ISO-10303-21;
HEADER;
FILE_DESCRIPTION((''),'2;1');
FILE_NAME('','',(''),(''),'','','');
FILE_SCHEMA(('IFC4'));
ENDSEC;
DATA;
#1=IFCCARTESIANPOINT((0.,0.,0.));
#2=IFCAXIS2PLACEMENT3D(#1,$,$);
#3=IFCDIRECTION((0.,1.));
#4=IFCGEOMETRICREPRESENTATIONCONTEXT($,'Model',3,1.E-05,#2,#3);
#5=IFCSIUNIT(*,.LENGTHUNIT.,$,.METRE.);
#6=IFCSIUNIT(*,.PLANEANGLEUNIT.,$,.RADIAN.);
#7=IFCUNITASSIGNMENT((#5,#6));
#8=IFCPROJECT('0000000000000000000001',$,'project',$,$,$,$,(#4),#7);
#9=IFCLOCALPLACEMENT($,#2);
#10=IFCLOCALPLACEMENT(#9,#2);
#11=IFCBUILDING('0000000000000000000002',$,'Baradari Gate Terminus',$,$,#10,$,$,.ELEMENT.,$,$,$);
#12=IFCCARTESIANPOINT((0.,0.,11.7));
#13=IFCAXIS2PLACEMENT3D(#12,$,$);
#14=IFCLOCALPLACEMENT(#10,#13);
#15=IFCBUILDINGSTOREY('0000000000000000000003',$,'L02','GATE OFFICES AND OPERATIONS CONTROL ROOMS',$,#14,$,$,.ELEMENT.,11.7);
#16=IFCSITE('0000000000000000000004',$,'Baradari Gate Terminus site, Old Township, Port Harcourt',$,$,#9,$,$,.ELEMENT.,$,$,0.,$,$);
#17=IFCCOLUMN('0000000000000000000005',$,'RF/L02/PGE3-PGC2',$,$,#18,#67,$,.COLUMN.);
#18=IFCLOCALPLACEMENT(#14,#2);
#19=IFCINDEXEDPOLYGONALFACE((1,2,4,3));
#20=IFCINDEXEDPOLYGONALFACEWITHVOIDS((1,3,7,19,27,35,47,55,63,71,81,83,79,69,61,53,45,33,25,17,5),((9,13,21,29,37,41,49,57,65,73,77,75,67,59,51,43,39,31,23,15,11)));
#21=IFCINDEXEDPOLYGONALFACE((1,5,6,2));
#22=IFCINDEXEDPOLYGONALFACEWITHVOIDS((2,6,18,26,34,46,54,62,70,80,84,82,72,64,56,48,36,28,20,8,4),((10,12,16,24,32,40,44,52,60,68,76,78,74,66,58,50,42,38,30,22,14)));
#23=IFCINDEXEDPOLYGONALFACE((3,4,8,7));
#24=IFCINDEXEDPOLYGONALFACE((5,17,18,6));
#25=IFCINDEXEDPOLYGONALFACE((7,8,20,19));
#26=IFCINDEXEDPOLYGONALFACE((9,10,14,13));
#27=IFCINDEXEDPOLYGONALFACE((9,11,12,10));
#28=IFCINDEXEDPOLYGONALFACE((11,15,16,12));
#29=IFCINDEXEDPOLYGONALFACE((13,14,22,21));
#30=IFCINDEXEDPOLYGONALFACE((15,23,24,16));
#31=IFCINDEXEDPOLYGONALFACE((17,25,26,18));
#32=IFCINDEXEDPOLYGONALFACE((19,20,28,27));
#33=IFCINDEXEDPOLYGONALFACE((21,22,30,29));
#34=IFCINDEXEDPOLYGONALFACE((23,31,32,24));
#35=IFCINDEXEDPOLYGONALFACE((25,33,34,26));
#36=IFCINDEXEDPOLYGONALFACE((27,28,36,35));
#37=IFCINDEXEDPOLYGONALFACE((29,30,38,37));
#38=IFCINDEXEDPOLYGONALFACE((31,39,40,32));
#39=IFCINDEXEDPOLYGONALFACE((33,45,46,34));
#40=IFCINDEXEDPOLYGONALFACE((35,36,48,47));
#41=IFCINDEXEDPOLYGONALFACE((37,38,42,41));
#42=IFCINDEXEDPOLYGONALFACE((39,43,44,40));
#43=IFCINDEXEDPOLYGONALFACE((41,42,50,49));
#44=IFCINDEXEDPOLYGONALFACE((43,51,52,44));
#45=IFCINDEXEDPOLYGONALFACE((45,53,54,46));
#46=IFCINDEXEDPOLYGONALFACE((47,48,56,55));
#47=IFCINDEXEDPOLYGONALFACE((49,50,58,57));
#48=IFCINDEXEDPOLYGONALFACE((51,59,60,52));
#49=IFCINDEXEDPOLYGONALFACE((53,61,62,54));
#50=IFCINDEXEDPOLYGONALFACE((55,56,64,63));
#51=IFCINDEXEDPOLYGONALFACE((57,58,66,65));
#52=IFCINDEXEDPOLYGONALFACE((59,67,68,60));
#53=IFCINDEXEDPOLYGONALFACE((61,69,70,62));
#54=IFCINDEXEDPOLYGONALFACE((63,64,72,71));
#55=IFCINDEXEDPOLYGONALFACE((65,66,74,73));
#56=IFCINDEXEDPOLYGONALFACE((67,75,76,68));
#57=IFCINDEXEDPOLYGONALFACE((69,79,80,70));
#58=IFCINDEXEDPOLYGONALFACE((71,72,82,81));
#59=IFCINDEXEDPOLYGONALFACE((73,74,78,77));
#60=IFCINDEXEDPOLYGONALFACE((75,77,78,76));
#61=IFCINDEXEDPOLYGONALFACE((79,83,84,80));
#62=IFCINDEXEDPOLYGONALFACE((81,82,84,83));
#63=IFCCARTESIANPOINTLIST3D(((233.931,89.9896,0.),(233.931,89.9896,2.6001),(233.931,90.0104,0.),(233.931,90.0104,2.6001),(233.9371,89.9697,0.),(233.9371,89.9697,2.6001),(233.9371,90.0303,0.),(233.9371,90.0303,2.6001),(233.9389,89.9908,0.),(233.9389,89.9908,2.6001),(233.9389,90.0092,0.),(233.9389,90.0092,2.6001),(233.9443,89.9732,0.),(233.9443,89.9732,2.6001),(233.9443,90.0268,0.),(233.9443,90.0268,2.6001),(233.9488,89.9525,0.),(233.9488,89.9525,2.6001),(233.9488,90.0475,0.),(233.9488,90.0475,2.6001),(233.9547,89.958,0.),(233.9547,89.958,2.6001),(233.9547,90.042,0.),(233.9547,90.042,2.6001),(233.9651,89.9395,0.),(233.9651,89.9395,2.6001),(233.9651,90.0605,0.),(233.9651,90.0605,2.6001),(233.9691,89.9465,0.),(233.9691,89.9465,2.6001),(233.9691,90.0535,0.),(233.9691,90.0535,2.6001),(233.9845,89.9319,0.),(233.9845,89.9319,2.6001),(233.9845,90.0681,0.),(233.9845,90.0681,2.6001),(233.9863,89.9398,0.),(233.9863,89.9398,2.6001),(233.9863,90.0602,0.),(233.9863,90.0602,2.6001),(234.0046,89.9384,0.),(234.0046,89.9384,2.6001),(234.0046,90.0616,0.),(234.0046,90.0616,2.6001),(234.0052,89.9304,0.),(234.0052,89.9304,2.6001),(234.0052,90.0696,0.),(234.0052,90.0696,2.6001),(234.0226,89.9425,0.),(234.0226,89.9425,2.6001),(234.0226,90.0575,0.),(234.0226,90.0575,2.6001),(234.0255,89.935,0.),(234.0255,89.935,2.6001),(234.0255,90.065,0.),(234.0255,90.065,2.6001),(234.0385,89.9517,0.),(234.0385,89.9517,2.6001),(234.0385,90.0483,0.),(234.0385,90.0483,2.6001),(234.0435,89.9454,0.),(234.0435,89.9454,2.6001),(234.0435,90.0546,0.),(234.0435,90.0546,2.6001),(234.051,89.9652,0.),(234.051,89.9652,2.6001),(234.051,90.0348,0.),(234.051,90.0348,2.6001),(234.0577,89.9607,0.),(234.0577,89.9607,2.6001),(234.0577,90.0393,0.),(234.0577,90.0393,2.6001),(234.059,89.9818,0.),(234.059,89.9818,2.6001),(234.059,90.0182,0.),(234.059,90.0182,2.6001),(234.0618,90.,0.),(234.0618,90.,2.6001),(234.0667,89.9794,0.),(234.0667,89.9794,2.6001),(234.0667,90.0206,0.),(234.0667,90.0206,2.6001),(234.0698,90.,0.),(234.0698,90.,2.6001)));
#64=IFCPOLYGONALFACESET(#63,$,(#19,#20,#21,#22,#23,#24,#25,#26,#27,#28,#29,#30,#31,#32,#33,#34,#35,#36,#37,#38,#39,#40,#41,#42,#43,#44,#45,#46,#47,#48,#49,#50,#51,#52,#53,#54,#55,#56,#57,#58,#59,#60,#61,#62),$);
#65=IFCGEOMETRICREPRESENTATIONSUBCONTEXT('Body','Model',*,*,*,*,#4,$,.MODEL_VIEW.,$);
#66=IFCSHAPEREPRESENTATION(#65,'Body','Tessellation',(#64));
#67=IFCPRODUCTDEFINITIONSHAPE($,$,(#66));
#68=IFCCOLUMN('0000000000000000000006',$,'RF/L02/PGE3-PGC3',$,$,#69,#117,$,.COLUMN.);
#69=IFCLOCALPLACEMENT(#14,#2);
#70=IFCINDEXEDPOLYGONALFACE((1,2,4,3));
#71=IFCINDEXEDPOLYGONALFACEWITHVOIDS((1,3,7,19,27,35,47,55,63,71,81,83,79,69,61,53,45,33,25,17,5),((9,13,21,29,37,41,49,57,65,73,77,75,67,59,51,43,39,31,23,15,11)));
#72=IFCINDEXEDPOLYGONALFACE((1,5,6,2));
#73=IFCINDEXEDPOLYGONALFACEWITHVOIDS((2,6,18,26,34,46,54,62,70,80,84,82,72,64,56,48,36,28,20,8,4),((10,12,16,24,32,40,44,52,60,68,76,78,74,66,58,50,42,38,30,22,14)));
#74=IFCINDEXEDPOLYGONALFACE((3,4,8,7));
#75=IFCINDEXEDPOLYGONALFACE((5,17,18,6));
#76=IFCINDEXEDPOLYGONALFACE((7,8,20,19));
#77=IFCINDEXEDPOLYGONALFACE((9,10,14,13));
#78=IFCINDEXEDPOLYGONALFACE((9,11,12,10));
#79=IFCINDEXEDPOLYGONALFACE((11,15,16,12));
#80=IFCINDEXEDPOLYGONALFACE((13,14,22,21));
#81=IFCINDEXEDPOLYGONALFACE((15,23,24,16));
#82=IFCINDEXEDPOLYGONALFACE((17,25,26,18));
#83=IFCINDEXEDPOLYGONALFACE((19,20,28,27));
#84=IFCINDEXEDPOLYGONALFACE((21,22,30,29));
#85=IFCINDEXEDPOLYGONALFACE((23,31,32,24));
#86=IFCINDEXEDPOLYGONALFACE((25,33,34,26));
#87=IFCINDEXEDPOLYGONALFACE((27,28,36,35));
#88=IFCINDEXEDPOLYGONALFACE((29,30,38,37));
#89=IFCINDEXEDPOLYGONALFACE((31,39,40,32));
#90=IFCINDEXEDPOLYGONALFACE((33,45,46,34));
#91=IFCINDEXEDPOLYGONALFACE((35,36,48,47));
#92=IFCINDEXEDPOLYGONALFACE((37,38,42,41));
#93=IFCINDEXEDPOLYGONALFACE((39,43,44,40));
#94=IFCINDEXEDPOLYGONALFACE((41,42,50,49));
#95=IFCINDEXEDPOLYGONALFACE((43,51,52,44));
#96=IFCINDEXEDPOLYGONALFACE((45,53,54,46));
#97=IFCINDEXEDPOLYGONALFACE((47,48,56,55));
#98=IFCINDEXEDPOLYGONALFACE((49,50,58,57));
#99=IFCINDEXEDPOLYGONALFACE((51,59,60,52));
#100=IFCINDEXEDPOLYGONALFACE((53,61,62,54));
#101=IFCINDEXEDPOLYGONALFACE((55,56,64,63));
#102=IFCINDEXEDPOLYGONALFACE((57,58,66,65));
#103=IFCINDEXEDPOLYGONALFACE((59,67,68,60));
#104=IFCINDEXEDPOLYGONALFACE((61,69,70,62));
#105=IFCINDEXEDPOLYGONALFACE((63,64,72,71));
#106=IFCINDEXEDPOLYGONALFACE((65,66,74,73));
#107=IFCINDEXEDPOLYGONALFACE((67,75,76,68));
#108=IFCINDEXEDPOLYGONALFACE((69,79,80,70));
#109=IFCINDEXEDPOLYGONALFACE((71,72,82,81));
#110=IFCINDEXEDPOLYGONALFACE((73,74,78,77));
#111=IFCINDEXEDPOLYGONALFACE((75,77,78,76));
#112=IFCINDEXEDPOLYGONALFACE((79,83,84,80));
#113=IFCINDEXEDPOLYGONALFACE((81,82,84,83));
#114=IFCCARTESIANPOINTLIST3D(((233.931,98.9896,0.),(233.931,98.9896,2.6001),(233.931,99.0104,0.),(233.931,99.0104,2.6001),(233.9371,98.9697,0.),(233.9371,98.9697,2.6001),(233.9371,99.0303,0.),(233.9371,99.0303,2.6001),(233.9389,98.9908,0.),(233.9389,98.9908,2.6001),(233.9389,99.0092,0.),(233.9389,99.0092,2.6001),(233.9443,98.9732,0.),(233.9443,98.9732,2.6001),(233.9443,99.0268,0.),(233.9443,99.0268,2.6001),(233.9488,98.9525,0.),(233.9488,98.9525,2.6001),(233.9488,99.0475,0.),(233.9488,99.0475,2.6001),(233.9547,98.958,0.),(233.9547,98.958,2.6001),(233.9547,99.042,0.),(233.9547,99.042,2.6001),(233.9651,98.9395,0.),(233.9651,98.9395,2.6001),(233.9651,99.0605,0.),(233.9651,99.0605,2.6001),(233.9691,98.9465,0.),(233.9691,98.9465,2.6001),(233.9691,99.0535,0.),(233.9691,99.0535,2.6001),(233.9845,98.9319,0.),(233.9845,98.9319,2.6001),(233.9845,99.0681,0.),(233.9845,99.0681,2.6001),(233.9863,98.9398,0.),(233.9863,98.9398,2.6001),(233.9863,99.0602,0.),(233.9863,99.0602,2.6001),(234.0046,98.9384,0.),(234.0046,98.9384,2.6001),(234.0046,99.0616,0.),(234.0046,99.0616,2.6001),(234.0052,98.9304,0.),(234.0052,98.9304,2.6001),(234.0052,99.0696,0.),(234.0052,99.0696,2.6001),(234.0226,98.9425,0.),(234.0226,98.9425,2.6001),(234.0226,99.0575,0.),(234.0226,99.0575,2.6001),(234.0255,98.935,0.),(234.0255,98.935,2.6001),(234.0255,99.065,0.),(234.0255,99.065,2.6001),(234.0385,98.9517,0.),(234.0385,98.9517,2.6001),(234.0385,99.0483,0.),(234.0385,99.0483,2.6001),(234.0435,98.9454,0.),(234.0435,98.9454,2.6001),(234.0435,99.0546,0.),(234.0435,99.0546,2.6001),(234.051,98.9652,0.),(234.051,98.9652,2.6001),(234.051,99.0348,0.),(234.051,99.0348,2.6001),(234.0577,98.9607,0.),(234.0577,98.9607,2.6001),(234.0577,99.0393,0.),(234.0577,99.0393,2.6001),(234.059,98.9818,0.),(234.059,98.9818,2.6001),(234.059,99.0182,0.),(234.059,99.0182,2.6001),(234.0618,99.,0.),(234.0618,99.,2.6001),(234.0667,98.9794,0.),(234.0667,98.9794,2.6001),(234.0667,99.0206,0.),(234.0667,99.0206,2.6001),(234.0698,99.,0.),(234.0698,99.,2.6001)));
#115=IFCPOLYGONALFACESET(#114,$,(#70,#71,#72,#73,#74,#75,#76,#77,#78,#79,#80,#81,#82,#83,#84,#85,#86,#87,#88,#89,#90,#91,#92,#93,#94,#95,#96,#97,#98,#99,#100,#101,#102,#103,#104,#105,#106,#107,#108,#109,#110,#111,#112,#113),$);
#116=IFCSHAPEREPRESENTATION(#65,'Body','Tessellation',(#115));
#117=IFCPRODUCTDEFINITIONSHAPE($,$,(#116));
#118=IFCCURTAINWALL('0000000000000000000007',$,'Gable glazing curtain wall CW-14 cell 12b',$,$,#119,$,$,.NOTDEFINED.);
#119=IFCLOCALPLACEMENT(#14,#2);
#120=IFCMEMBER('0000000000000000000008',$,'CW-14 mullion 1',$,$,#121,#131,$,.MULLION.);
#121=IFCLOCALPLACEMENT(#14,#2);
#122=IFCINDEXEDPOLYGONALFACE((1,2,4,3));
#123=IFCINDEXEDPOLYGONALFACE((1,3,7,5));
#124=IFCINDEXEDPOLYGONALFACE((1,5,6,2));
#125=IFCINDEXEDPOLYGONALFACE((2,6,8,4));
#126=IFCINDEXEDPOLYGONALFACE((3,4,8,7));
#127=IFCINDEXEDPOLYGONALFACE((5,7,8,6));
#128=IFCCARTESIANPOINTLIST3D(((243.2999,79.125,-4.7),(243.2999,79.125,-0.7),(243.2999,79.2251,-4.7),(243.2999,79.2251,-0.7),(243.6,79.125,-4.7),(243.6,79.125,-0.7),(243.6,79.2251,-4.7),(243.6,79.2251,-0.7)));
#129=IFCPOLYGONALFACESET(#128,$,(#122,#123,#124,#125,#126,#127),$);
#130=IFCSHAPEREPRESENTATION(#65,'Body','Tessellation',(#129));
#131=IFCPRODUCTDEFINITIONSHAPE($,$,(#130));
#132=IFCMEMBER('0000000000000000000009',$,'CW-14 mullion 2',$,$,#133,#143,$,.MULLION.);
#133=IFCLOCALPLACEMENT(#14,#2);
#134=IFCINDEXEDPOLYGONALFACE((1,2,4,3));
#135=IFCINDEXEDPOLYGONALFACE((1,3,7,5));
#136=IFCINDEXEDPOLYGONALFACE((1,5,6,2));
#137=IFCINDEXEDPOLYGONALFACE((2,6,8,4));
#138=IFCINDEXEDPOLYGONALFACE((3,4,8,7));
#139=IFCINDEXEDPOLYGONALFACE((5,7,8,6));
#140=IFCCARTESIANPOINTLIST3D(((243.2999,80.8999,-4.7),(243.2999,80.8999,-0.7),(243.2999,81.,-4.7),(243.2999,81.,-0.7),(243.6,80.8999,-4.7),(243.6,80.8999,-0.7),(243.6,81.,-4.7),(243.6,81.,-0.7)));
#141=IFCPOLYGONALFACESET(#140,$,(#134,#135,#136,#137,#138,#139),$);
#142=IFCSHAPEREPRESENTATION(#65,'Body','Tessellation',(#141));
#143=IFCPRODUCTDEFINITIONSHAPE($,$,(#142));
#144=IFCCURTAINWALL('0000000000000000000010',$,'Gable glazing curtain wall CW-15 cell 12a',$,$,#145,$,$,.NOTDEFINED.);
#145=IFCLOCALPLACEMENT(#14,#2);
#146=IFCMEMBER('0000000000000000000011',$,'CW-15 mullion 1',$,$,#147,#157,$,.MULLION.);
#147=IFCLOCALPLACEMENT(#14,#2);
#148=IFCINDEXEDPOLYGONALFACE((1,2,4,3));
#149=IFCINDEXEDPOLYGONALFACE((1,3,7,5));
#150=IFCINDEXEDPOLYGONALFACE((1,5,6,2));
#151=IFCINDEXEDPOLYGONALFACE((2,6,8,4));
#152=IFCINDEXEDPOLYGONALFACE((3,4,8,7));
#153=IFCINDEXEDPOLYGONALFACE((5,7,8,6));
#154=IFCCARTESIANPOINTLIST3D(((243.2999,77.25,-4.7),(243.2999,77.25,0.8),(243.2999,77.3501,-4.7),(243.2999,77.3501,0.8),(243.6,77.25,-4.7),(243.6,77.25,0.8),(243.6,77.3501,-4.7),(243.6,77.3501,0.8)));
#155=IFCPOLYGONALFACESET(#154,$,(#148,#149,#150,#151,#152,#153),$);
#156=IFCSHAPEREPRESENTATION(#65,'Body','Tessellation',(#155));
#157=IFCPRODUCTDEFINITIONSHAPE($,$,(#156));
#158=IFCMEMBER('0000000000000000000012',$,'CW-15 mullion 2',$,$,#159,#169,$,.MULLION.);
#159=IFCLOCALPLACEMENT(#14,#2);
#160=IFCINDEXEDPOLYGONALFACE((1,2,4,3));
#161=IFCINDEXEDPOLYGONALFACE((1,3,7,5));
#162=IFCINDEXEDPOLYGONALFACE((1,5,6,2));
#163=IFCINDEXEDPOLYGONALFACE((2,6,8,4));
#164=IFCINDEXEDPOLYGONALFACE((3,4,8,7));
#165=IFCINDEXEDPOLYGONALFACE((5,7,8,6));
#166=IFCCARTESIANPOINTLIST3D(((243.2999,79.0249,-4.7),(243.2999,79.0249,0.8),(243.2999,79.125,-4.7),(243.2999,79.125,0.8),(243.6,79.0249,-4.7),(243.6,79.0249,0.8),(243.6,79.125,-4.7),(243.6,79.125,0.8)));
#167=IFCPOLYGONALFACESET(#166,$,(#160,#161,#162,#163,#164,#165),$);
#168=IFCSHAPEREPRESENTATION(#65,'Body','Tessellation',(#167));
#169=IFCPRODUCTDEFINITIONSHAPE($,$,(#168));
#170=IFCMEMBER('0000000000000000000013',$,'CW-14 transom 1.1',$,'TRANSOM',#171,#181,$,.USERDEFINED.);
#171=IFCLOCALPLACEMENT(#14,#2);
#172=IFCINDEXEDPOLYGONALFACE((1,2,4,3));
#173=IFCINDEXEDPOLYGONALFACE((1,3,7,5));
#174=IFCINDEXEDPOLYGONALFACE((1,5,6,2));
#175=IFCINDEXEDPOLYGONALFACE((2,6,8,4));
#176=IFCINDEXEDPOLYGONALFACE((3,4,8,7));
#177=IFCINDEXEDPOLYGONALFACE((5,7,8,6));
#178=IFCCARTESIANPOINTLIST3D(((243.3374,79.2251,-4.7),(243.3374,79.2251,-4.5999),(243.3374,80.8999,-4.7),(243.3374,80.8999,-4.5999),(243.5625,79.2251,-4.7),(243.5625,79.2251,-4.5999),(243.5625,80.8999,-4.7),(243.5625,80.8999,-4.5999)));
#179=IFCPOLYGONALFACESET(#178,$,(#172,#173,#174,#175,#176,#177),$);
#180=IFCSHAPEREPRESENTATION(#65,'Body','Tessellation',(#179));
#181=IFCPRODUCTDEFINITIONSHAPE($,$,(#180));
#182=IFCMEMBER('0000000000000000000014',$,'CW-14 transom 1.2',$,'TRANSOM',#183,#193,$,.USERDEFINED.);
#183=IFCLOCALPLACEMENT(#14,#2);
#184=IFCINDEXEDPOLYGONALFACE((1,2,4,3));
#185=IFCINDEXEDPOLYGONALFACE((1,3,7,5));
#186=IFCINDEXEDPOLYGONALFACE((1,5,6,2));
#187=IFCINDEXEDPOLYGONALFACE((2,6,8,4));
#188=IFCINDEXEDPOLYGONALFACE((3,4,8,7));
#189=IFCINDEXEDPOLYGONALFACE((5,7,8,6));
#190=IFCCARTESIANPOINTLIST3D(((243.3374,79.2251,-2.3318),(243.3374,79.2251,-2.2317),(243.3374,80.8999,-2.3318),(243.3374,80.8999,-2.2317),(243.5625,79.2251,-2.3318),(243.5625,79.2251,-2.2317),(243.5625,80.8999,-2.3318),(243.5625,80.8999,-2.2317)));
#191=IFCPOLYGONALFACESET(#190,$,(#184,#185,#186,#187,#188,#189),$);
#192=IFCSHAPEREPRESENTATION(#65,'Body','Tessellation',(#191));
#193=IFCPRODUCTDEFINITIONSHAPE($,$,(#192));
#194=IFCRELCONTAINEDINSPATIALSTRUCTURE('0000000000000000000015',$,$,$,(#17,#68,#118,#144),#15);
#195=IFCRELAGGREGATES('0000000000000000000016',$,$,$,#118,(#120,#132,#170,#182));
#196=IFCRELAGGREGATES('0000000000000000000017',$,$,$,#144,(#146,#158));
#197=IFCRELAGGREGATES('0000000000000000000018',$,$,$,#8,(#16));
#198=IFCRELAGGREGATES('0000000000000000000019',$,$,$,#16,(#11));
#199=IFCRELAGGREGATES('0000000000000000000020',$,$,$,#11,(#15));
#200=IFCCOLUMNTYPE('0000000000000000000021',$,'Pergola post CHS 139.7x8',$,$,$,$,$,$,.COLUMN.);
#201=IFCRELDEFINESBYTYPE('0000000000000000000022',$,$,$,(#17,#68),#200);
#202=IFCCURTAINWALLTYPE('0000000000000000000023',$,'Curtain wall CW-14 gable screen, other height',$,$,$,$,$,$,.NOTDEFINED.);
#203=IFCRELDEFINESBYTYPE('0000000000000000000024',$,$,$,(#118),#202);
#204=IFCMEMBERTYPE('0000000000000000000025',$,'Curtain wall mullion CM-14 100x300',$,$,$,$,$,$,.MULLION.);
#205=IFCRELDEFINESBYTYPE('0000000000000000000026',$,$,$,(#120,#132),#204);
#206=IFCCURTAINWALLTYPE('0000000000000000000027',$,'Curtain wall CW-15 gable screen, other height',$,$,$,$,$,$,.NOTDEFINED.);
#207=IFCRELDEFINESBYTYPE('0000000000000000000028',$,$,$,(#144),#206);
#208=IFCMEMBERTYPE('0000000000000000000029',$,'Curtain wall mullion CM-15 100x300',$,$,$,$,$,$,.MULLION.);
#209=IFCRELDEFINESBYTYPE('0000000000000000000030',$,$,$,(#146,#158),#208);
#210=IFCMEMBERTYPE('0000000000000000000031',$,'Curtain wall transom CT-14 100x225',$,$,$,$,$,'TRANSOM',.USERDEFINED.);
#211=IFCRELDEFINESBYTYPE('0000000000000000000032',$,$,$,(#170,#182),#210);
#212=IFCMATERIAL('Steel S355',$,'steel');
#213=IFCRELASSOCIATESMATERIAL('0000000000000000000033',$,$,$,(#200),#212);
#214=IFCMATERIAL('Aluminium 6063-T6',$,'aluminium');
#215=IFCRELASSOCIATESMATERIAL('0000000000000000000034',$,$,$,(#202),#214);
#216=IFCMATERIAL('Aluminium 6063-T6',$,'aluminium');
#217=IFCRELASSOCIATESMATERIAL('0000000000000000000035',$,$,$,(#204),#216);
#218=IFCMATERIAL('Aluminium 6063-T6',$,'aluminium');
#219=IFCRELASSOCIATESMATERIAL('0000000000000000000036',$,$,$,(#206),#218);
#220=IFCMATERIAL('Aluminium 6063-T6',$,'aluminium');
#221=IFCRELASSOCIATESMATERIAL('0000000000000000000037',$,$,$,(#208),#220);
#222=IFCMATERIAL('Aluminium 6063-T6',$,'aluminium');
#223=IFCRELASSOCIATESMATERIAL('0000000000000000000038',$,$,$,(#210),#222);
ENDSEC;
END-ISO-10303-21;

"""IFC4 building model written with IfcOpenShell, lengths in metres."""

from ifc_helpers import new_model, si_unit, direction, frame, origin, origin_2d, place, context, subcontext, project, spatial, rectangle, hollow_circle, extrude, material, material_profile, profile_set, type_object, element, aggregate, save


model = new_model("IFC4")

# Units and contexts
model_context = context("Model", 3, precision=1e-05, world=origin(), true_north=direction((0.0, 1.0)))
body_context = subcontext(model_context, "Body", "Model", "MODEL_VIEW")
ifc_project = project(units=[si_unit("LENGTHUNIT", "METRE"), si_unit("PLANEANGLEUNIT", "RADIAN")], contexts=[model_context])

# Site, building, storey
site_placement = place(None, origin())
site = spatial("IfcSite", under=ifc_project, at=site_placement, Name="Baradari Gate Terminus site, Old Township, Port Harcourt", CompositionType="ELEMENT", RefElevation=0.0)
building_placement = place(site_placement, origin())
building = spatial("IfcBuilding", under=site, at=building_placement, Name="Baradari Gate Terminus", CompositionType="ELEMENT")
storey_placement = place(building_placement, frame((0.0, 0.0, 11.7)))
storey = spatial("IfcBuildingStorey", under=building, at=storey_placement, Name="L02", Description="GATE OFFICES AND OPERATIONS CONTROL ROOMS", CompositionType="ELEMENT", Elevation=11.7)

# Columns
ifc_material_1 = material(Name="Steel S355", Category="steel")
ifc_material_profile_1 = material_profile(ifc_material_1, hollow_circle(Radius=0.0698, WallThickness=0.0081, at=origin_2d()), Name="CHS 139.7x8")
ifc_profile_set_1 = profile_set([ifc_material_profile_1], Name="Steel S355")
column_type = type_object("IfcColumnType", Name="Pergola post CHS 139.7x8", PredefinedType="COLUMN", material=ifc_profile_set_1)
for number, where, z_axis, x_axis, name in (
    (1, (234.0, 90.0, 0.0), (0.0, 0.0, 1.0), (1.0, 0.0, 0.0), "RF/L02/PGE3-PGC2"),
    (2, (234.0, 99.0, 0.0), (0.0, 0.0, 1.0), (1.0, 0.0, 0.0), "RF/L02/PGE3-PGC3"),
):
    element("IfcColumn", number, at=place(storey_placement, frame(where, z_axis=z_axis, x_axis=x_axis)), inside=storey, type_object=column_type, Name=name, PredefinedType="COLUMN", context=body_context, shape_type="SweptSolid", body=[
        extrude(hollow_circle(Radius=0.0698, WallThickness=0.0081, at=origin_2d()), origin(), (0.0, 0.0, 1.0), 2.6001),
    ])

# Curtain walls, members
ifc_material_2 = material(Name="Aluminium 6063-T6", Category="aluminium")
curtain_wall_type_1 = type_object("IfcCurtainWallType", Name="Curtain wall CW-14 gable screen, other height", PredefinedType="NOTDEFINED", material=ifc_material_2)
curtain_wall_1_placement = place(storey_placement, origin())
curtain_wall_1 = element("IfcCurtainWall", 3, at=curtain_wall_1_placement, inside=storey, type_object=curtain_wall_type_1, Name="Gable glazing curtain wall CW-14 cell 12b", PredefinedType="NOTDEFINED")
ifc_material_3 = material(Name="Aluminium 6063-T6", Category="aluminium")
ifc_material_profile_2 = material_profile(ifc_material_3, rectangle(XDim=0.3, YDim=0.1001, at=origin_2d()), Name="CM-14 100X300")
ifc_profile_set_2 = profile_set([ifc_material_profile_2], Name="Aluminium 6063-T6")
member_type_1 = type_object("IfcMemberType", Name="Curtain wall mullion CM-14 100x300", PredefinedType="MULLION", material=ifc_profile_set_2)
member_1_placement = place(storey_placement, frame((243.45, 79.175, -4.7), z_axis=(0.0, 0.0, 1.0), x_axis=(-1.0, 0.0, 0.0)))
member_1 = element("IfcMember", 4, at=member_1_placement, type_object=member_type_1, Name="CW-14 mullion 1", PredefinedType="MULLION", context=body_context, shape_type="SweptSolid", body=[
    extrude(rectangle(XDim=0.3, YDim=0.1001, at=origin_2d()), origin(), (0.0, 0.0, 1.0), 4.0),
])
member_2_placement = place(storey_placement, frame((243.45, 80.95, -4.7), z_axis=(0.0, 0.0, 1.0), x_axis=(-1.0, 0.0, 0.0)))
member_2 = element("IfcMember", 5, at=member_2_placement, type_object=member_type_1, Name="CW-14 mullion 2", PredefinedType="MULLION", context=body_context, shape_type="SweptSolid", body=[
    extrude(rectangle(XDim=0.3, YDim=0.1001, at=origin_2d()), origin(), (0.0, 0.0, 1.0), 4.0),
])
ifc_material_4 = material(Name="Aluminium 6063-T6", Category="aluminium")
curtain_wall_type_2 = type_object("IfcCurtainWallType", Name="Curtain wall CW-15 gable screen, other height", PredefinedType="NOTDEFINED", material=ifc_material_4)
curtain_wall_2_placement = place(storey_placement, origin())
curtain_wall_2 = element("IfcCurtainWall", 6, at=curtain_wall_2_placement, inside=storey, type_object=curtain_wall_type_2, Name="Gable glazing curtain wall CW-15 cell 12a", PredefinedType="NOTDEFINED")
ifc_material_5 = material(Name="Aluminium 6063-T6", Category="aluminium")
ifc_material_profile_3 = material_profile(ifc_material_5, rectangle(XDim=0.3, YDim=0.1001, at=origin_2d()), Name="CM-15 100X300")
ifc_profile_set_3 = profile_set([ifc_material_profile_3], Name="Aluminium 6063-T6")
member_type_2 = type_object("IfcMemberType", Name="Curtain wall mullion CM-15 100x300", PredefinedType="MULLION", material=ifc_profile_set_3)
member_3_placement = place(storey_placement, frame((243.45, 77.3, -4.7), z_axis=(0.0, 0.0, 1.0), x_axis=(-1.0, 0.0, 0.0)))
member_3 = element("IfcMember", 7, at=member_3_placement, type_object=member_type_2, Name="CW-15 mullion 1", PredefinedType="MULLION", context=body_context, shape_type="SweptSolid", body=[
    extrude(rectangle(XDim=0.3, YDim=0.1001, at=origin_2d()), origin(), (0.0, 0.0, 1.0), 5.5),
])
member_4_placement = place(storey_placement, frame((243.45, 79.075, -4.7), z_axis=(0.0, 0.0, 1.0), x_axis=(-1.0, 0.0, 0.0)))
member_4 = element("IfcMember", 8, at=member_4_placement, type_object=member_type_2, Name="CW-15 mullion 2", PredefinedType="MULLION", context=body_context, shape_type="SweptSolid", body=[
    extrude(rectangle(XDim=0.3, YDim=0.1001, at=origin_2d()), origin(), (0.0, 0.0, 1.0), 5.5),
])

# Members
ifc_material_6 = material(Name="Aluminium 6063-T6", Category="aluminium")
ifc_material_profile_4 = material_profile(ifc_material_6, rectangle(XDim=0.2251, YDim=0.1001, at=origin_2d()), Name="CT-14 100X225")
ifc_profile_set_4 = profile_set([ifc_material_profile_4], Name="Aluminium 6063-T6")
member_type_3 = type_object("IfcMemberType", Name="Curtain wall transom CT-14 100x225", ElementType="TRANSOM", PredefinedType="USERDEFINED", material=ifc_profile_set_4)
member_5_placement = place(storey_placement, frame((243.45, 79.2251, -4.6499), z_axis=(0.0, 1.0, 0.0), x_axis=(-1.0, 0.0, 0.0)))
member_5 = element("IfcMember", 9, at=member_5_placement, type_object=member_type_3, Name="CW-14 transom 1.1", ObjectType="TRANSOM", PredefinedType="USERDEFINED", context=body_context, shape_type="SweptSolid", body=[
    extrude(rectangle(XDim=0.2251, YDim=0.1001, at=origin_2d()), origin(), (0.0, 0.0, 1.0), 1.6748),
])
member_6_placement = place(storey_placement, frame((243.45, 79.2251, -2.2817), z_axis=(0.0, 1.0, 0.0), x_axis=(-1.0, 0.0, 0.0)))
member_6 = element("IfcMember", 10, at=member_6_placement, type_object=member_type_3, Name="CW-14 transom 1.2", ObjectType="TRANSOM", PredefinedType="USERDEFINED", context=body_context, shape_type="SweptSolid", body=[
    extrude(rectangle(XDim=0.2251, YDim=0.1001, at=origin_2d()), origin(), (0.0, 0.0, 1.0), 1.6748),
])

aggregate(curtain_wall_1, [member_1, member_2, member_5, member_6])
aggregate(curtain_wall_2, [member_3, member_4])

save(model, "model.ifc")
